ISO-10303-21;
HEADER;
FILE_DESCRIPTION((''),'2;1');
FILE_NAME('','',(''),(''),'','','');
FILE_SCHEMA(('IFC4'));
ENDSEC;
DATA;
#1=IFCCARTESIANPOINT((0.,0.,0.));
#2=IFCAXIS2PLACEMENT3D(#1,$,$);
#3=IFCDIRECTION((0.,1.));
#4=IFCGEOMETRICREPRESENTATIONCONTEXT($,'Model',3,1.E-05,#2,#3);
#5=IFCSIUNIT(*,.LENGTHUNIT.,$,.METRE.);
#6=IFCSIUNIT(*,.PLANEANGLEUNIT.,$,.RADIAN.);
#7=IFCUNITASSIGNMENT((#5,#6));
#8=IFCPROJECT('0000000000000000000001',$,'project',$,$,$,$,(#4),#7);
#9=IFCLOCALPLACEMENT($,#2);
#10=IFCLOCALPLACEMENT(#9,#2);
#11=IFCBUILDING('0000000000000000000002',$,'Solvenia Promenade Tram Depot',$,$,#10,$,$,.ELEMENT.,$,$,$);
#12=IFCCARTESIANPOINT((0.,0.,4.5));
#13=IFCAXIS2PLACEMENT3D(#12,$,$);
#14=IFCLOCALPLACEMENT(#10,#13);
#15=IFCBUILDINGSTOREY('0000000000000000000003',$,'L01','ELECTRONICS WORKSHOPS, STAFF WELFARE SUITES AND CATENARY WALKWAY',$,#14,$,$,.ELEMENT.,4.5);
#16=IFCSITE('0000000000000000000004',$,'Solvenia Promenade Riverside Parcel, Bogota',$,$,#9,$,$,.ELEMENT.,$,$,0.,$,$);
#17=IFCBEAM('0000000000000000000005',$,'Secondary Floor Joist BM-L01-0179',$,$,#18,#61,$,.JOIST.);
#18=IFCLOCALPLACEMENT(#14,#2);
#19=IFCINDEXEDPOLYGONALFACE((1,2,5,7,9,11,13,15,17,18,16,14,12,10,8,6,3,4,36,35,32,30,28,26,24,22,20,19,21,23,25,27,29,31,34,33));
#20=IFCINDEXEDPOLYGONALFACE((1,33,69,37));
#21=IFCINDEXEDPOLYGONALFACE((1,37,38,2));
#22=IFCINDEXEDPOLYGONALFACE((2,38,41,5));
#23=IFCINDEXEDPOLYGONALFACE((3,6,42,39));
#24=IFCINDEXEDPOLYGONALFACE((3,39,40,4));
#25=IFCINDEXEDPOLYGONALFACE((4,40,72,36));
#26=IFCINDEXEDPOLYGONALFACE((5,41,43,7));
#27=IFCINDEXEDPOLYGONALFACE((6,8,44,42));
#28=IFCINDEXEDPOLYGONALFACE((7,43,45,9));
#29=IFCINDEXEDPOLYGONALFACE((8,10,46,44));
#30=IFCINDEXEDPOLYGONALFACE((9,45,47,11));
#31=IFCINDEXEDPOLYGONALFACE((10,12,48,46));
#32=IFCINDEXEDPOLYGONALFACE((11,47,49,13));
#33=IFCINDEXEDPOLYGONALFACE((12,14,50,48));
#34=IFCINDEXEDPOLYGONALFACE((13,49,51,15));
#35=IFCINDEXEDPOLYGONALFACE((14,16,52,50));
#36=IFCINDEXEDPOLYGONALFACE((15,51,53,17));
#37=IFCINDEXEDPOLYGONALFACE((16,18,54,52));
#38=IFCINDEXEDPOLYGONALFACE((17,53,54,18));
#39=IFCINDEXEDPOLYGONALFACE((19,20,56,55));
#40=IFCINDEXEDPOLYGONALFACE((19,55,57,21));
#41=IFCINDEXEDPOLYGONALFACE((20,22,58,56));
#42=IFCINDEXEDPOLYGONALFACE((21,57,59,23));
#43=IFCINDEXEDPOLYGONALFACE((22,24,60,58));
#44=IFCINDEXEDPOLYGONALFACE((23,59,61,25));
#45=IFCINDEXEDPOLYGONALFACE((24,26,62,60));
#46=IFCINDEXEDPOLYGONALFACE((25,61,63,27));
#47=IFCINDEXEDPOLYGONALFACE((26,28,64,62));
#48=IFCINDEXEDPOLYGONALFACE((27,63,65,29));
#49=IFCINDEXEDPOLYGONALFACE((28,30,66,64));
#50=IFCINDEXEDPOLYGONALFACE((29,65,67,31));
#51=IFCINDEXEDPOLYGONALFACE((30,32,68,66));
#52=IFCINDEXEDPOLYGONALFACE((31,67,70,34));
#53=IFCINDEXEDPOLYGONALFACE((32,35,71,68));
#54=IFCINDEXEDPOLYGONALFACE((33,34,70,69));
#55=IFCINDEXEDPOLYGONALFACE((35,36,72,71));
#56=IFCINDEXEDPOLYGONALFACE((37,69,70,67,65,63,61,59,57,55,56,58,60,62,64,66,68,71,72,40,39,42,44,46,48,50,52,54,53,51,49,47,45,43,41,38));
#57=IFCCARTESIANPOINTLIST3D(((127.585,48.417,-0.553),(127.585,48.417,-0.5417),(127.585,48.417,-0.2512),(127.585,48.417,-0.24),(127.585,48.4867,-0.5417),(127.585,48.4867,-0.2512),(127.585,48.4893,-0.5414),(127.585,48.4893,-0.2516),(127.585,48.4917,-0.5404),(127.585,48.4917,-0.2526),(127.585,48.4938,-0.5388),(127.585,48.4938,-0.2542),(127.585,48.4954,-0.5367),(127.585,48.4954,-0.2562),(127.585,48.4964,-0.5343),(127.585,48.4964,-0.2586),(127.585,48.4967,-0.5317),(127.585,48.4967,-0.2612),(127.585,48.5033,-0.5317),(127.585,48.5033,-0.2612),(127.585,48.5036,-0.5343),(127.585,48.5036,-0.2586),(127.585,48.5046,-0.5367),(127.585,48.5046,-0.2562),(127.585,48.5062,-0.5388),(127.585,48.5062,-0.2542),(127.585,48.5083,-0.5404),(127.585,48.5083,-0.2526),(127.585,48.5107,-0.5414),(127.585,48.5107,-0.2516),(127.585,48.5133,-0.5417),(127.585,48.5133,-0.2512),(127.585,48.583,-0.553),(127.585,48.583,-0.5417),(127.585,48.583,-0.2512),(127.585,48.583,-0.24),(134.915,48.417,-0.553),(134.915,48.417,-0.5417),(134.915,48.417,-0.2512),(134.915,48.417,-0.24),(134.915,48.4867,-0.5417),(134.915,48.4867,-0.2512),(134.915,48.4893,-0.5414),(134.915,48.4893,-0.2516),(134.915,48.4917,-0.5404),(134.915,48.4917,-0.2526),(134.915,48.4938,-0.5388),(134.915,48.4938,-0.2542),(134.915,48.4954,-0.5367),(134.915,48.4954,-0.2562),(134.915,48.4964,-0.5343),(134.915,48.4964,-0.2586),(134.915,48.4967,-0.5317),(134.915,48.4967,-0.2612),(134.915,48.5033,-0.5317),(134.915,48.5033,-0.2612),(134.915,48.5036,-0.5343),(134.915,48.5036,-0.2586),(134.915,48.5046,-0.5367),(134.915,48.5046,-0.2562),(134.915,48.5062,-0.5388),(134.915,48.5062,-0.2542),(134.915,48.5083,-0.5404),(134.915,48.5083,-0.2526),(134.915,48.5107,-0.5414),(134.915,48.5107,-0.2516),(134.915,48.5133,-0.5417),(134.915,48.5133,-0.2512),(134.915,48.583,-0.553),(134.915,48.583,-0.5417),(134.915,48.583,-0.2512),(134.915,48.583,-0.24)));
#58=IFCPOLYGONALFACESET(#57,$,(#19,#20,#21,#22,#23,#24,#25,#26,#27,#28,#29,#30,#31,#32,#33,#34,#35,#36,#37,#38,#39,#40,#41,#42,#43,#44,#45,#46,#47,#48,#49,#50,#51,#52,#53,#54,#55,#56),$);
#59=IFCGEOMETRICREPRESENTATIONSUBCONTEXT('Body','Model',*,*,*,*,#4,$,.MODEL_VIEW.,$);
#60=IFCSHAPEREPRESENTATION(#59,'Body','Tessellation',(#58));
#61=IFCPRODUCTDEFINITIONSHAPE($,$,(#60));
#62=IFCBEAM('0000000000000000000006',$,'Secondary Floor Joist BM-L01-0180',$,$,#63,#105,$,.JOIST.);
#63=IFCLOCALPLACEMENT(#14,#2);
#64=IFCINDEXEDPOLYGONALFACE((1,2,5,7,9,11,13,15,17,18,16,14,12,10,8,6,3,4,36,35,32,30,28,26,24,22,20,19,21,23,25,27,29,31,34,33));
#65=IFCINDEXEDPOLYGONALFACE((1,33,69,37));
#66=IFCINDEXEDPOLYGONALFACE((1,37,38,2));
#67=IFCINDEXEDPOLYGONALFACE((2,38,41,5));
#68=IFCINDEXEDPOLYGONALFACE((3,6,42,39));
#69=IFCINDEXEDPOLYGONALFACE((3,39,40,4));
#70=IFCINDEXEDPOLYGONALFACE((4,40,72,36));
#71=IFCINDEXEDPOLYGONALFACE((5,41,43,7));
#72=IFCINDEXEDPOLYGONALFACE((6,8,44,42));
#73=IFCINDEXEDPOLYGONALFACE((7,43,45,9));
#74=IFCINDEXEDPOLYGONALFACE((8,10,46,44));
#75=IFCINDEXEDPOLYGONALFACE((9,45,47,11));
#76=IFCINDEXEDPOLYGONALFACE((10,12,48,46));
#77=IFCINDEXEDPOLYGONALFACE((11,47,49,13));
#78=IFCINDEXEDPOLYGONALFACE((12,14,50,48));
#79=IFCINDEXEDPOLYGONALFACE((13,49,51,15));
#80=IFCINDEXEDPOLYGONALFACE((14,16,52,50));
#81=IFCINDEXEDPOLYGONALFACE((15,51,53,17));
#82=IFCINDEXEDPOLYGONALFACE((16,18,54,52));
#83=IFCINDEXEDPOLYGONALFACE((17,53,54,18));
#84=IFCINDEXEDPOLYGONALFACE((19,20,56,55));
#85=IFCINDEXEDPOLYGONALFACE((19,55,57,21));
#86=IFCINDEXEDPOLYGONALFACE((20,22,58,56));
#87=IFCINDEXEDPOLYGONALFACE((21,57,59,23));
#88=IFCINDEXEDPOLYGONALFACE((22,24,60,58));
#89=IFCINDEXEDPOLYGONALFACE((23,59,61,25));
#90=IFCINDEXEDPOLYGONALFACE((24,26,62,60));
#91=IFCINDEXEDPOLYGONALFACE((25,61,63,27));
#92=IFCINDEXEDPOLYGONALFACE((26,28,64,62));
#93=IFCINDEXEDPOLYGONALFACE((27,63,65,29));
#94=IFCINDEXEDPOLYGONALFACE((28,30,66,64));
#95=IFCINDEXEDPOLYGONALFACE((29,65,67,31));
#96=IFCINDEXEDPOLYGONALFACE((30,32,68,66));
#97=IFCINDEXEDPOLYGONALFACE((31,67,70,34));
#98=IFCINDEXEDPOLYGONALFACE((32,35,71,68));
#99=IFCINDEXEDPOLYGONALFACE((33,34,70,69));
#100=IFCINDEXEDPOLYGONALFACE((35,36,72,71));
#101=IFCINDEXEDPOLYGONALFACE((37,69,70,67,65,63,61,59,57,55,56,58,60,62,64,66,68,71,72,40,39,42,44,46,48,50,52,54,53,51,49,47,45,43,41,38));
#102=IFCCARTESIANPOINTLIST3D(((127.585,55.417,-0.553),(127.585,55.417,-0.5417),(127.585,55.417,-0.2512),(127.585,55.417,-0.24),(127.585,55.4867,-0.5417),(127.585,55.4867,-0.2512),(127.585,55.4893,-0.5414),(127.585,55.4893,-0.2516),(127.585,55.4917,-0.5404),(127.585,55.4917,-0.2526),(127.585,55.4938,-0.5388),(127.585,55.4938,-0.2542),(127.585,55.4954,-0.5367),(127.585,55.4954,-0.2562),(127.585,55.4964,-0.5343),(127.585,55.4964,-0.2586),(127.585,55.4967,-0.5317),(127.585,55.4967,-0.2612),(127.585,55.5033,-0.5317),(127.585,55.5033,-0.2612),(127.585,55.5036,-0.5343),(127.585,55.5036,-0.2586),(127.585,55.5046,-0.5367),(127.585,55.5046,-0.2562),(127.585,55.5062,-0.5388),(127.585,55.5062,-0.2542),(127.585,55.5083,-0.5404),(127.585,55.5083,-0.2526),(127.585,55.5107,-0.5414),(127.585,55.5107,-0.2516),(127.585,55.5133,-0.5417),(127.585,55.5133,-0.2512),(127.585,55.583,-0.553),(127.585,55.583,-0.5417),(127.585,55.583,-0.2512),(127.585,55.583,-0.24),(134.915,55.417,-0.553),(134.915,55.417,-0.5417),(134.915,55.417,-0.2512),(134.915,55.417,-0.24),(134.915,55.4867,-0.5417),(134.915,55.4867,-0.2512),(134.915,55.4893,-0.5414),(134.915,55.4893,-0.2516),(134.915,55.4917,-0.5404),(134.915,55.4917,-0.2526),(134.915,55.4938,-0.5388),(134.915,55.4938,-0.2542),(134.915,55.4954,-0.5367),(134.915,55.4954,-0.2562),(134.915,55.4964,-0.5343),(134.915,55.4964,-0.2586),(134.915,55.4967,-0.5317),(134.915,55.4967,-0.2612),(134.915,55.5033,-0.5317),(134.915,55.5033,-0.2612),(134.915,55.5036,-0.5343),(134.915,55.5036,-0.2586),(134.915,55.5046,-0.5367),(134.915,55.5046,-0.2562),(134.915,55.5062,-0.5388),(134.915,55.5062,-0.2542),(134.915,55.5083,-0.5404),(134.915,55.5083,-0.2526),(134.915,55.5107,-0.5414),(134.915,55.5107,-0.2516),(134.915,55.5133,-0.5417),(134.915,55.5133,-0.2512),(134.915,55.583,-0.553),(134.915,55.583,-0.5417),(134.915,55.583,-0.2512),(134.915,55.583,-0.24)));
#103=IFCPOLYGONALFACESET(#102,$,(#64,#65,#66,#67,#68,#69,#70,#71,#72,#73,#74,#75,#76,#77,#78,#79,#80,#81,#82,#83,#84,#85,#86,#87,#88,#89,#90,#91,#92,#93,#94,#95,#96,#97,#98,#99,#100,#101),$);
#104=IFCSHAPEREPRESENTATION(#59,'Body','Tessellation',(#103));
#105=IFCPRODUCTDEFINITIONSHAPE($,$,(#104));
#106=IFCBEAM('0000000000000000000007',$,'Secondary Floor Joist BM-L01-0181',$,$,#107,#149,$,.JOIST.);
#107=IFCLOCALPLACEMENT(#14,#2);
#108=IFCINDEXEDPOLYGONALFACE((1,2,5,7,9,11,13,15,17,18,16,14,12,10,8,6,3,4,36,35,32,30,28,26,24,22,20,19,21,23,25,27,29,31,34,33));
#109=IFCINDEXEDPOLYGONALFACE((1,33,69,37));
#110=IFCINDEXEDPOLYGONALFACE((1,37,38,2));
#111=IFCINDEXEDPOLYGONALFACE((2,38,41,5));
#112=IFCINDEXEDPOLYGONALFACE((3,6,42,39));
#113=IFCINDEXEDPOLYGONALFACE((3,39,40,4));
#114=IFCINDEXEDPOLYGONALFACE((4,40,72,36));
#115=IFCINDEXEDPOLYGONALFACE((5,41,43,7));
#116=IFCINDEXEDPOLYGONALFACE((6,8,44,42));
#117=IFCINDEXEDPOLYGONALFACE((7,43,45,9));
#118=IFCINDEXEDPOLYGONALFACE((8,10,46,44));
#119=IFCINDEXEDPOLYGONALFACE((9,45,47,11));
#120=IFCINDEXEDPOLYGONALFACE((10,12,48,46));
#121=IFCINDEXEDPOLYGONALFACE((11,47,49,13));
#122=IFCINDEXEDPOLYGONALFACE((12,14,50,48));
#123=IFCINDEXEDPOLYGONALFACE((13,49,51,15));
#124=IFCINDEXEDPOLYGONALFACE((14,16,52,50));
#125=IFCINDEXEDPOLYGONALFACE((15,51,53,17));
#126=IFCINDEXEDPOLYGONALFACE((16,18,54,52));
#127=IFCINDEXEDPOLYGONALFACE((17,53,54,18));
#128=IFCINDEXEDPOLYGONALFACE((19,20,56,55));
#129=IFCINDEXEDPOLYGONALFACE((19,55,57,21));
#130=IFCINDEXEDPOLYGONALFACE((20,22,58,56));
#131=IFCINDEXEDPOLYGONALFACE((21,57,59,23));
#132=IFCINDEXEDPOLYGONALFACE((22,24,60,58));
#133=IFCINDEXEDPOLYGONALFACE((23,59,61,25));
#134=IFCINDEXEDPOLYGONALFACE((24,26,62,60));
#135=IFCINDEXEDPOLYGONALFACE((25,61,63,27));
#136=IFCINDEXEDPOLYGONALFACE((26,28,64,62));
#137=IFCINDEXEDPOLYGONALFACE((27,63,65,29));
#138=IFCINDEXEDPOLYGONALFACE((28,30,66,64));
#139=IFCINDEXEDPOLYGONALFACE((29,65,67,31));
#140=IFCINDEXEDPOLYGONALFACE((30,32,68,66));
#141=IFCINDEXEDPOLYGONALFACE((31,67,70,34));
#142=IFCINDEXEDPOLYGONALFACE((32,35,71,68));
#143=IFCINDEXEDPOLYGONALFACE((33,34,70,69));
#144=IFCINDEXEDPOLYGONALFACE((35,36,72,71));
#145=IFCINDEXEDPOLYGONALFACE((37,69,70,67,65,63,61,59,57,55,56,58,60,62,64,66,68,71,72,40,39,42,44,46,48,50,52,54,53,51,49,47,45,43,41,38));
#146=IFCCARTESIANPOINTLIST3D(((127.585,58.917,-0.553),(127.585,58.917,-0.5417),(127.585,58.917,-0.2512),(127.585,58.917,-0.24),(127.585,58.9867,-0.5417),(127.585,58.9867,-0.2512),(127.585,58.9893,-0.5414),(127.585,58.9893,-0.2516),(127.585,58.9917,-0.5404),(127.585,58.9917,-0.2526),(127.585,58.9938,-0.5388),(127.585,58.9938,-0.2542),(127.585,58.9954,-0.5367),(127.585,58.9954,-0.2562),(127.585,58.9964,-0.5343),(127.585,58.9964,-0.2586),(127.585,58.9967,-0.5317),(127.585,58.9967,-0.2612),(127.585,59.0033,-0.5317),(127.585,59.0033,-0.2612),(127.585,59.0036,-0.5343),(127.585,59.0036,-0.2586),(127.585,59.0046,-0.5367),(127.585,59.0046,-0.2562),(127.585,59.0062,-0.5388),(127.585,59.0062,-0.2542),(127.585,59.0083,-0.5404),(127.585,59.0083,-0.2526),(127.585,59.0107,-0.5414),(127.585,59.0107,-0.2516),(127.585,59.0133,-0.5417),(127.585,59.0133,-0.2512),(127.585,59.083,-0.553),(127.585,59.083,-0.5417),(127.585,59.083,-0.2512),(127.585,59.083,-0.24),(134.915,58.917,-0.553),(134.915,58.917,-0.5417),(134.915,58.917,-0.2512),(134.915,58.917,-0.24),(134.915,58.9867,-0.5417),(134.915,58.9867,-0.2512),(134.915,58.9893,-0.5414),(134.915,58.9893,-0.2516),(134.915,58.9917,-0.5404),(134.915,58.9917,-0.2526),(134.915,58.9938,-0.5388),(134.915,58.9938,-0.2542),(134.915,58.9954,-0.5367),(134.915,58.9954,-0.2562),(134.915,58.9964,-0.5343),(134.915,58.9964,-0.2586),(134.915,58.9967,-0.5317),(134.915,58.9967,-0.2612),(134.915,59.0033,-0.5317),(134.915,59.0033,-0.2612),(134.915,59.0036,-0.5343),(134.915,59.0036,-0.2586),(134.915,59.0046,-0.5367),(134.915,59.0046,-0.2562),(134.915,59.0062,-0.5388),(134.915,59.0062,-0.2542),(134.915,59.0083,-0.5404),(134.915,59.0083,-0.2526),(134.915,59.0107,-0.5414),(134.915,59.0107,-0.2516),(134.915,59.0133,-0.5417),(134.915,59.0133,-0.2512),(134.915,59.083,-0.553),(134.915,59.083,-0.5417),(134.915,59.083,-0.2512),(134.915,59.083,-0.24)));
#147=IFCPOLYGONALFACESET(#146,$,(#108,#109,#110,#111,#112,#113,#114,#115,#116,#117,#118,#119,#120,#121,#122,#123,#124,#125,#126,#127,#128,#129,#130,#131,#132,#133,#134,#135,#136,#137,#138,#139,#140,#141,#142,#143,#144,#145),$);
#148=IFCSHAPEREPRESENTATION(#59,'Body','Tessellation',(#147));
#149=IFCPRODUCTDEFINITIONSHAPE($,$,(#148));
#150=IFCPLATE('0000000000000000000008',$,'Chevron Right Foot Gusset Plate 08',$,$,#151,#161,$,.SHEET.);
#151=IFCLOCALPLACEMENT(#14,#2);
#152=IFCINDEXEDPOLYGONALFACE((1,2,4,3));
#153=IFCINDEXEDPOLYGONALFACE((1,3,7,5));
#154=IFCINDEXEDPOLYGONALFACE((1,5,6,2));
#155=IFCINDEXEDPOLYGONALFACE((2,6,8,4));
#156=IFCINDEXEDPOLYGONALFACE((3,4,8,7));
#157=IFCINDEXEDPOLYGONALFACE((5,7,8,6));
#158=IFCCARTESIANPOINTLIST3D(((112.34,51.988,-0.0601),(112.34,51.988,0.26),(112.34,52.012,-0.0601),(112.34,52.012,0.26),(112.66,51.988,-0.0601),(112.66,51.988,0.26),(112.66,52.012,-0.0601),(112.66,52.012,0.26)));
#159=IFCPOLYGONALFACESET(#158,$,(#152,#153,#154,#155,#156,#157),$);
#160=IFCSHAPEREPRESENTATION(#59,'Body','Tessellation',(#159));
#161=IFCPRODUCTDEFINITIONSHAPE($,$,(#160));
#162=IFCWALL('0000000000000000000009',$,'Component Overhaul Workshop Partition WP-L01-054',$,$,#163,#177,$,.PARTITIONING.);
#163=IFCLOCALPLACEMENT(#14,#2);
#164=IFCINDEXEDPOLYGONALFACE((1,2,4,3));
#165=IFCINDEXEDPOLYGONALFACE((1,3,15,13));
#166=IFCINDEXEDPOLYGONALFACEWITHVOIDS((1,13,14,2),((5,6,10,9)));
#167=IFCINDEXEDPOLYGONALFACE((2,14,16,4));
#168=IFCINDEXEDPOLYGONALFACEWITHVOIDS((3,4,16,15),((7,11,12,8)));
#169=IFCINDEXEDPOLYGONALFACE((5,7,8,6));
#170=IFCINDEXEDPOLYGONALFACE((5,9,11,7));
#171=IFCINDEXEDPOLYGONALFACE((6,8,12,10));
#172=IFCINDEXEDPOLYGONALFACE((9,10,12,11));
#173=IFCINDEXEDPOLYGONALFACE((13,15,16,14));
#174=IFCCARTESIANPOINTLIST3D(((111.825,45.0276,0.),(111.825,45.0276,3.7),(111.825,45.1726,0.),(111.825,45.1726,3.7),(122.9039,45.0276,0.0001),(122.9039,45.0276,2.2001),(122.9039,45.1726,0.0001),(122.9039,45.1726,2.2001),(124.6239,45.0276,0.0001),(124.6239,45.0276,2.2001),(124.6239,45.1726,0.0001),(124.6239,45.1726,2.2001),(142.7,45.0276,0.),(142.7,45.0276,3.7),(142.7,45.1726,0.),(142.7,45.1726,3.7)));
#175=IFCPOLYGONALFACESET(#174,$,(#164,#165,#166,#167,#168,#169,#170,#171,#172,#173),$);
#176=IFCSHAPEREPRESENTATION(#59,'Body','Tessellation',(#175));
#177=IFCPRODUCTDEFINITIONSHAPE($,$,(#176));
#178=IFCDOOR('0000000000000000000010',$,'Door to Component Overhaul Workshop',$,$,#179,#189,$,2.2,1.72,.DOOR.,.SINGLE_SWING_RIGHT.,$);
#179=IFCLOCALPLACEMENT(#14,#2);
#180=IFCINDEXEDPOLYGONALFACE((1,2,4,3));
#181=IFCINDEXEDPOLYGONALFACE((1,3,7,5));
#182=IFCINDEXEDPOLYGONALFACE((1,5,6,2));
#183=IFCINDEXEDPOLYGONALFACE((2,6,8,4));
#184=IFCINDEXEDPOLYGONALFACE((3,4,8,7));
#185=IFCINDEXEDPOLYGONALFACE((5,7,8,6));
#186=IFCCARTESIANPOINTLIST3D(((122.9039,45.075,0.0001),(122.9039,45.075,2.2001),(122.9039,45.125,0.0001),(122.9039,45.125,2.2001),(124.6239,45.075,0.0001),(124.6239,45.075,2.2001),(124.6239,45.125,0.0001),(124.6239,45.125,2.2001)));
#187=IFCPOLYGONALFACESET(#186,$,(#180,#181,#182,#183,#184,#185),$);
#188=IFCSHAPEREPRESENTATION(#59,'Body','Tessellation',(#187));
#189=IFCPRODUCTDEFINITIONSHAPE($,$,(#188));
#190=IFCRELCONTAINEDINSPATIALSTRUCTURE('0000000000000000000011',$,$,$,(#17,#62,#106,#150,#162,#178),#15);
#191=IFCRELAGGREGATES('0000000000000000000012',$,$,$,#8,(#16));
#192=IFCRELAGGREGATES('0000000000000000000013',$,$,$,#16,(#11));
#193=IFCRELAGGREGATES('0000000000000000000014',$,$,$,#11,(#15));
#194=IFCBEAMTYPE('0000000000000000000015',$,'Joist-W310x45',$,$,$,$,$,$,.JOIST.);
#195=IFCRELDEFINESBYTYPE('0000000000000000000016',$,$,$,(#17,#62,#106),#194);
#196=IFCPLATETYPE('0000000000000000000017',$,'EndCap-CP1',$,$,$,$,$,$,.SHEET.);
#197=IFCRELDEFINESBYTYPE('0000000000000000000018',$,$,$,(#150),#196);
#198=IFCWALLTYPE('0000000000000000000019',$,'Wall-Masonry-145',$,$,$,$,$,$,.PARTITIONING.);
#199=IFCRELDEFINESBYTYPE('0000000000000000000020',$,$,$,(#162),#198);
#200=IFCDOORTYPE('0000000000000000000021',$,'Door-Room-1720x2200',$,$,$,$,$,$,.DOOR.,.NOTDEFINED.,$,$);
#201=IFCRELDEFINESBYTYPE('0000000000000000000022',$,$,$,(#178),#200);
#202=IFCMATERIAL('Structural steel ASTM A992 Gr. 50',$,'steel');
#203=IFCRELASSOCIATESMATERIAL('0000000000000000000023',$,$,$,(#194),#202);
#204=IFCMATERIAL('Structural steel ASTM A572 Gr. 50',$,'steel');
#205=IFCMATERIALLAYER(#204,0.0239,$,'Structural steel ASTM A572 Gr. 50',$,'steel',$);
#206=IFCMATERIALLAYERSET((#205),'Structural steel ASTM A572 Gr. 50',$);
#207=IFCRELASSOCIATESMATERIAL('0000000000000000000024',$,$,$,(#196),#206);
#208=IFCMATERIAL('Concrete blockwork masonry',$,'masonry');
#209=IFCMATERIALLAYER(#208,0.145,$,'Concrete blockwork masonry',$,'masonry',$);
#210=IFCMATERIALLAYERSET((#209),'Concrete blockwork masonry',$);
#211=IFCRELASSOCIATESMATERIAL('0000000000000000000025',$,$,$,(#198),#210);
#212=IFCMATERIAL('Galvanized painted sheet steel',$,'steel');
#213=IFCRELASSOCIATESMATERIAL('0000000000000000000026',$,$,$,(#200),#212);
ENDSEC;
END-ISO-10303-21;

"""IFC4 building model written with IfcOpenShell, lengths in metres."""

from ifc_helpers import new_model, si_unit, direction, frame, frame_2d, origin, origin_2d, place, context, subcontext, project, spatial, rectangle, i_section, extrude, material, layer, layer_set, material_profile, profile_set, type_object, element, fill, save


model = new_model("IFC4")

# Units and contexts
model_context = context("Model", 3, precision=1e-05, world=origin(), true_north=direction((0.0, 1.0)))
body_context = subcontext(model_context, "Body", "Model", "MODEL_VIEW")
ifc_project = project(units=[si_unit("LENGTHUNIT", "METRE"), si_unit("PLANEANGLEUNIT", "RADIAN")], contexts=[model_context])

# Site, building, storey
site_placement = place(None, origin())
site = spatial("IfcSite", under=ifc_project, at=site_placement, Name="Solvenia Promenade Riverside Parcel, Bogota", CompositionType="ELEMENT", RefElevation=0.0)
building_placement = place(site_placement, origin())
building = spatial("IfcBuilding", under=site, at=building_placement, Name="Solvenia Promenade Tram Depot", CompositionType="ELEMENT")
storey_placement = place(building_placement, frame((0.0, 0.0, 4.5)))
storey = spatial("IfcBuildingStorey", under=building, at=storey_placement, Name="L01", Description="ELECTRONICS WORKSHOPS, STAFF WELFARE SUITES AND CATENARY WALKWAY", CompositionType="ELEMENT", Elevation=4.5)

# Shared definitions
ifc_material_1 = material(Name="Structural steel ASTM A992 Gr. 50", Category="steel")

# Beams
ifc_material_profile_1 = material_profile(ifc_material_1, i_section(OverallWidth=0.166, OverallDepth=0.313, WebThickness=0.0066, FlangeThickness=0.0112, FilletRadius=0.01, at=origin_2d()), Name="W310x45", Category="steel")
ifc_profile_set_1 = profile_set([ifc_material_profile_1], Name="Structural steel ASTM A992 Gr. 50")
beam_type_1 = type_object("IfcBeamType", Name="Joist-W310x45", PredefinedType="JOIST", material=ifc_profile_set_1)
for number, where, z_axis, x_axis, name in (
    (1, (127.585, 48.5, -0.3965), (1.0, 0.0, 0.0), (0.0, 1.0, 0.0), "Secondary Floor Joist BM-L01-0179"),
    (2, (127.585, 55.5, -0.3965), (1.0, 0.0, 0.0), (0.0, 1.0, 0.0), "Secondary Floor Joist BM-L01-0180"),
    (3, (127.585, 59.0, -0.3965), (1.0, 0.0, 0.0), (0.0, 1.0, 0.0), "Secondary Floor Joist BM-L01-0181"),
):
    element("IfcBeam", number, at=place(storey_placement, frame(where, z_axis=z_axis, x_axis=x_axis)), inside=storey, type_object=beam_type_1, Name=name, PredefinedType="JOIST", context=body_context, shape_type="SweptSolid", body=[
        extrude(i_section(OverallWidth=0.166, OverallDepth=0.313, WebThickness=0.0066, FlangeThickness=0.0112, FilletRadius=0.01, at=origin_2d()), origin(), (0.0, 0.0, 1.0), 7.3301),
    ])

# Plate
ifc_material_2 = material(Name="Structural steel ASTM A572 Gr. 50", Category="steel")
ifc_layer_1 = layer(ifc_material_2, 0.0239, Name="Structural steel ASTM A572 Gr. 50", Category="steel")
ifc_layer_set_1 = layer_set([ifc_layer_1], Name="Structural steel ASTM A572 Gr. 50")
plate_type = type_object("IfcPlateType", Name="EndCap-CP1", PredefinedType="SHEET", material=ifc_layer_set_1)
plate_placement = place(storey_placement, frame((112.5, 52.0, -0.0601), z_axis=(0.0, 0.0, 1.0), x_axis=(1.0, 0.0, 0.0)))
element("IfcPlate", 4, at=plate_placement, inside=storey, type_object=plate_type, Name="Chevron Right Foot Gusset Plate 08", PredefinedType="SHEET", context=body_context, shape_type="SweptSolid", body=[
    extrude(rectangle(XDim=0.3201, YDim=0.0239, at=origin_2d()), origin(), (0.0, 0.0, 1.0), 0.3201),
])

# Wall, opening, door
ifc_material_3 = material(Name="Concrete blockwork masonry", Category="masonry")
ifc_layer_2 = layer(ifc_material_3, 0.145, Name="Concrete blockwork masonry", Category="masonry")
ifc_layer_set_2 = layer_set([ifc_layer_2], Name="Concrete blockwork masonry")
wall_type = type_object("IfcWallType", Name="Wall-Masonry-145", PredefinedType="PARTITIONING", material=ifc_layer_set_2)
wall_placement = place(storey_placement, frame((111.825, 45.1001, 0.0), z_axis=(0.0, 0.0, 1.0), x_axis=(1.0, 0.0, 0.0)))
wall = element("IfcWall", 5, at=wall_placement, inside=storey, type_object=wall_type, Name="Component Overhaul Workshop Partition WP-L01-054", PredefinedType="PARTITIONING", context=body_context, shape_type="SweptSolid", body=[
    extrude(rectangle(XDim=30.875, YDim=0.145, at=frame_2d((15.4375, 0.0))), origin(), (0.0, 0.0, 1.0), 3.7),
])
opening_placement = place(wall_placement, frame((11.0791, 0.0, 0.0)))
opening = element("IfcOpeningElement", 6, at=opening_placement, cuts=wall, PredefinedType="OPENING", context=body_context, shape_type="SweptSolid", body=[
    extrude(rectangle(XDim=1.72, YDim=2.2, at=frame_2d((0.8599, 1.1001))), frame((0.0, 0.0825, 0.0), z_axis=(0.0, -1.0, 0.0), x_axis=(1.0, 0.0, 0.0)), (0.0, 0.0, 1.0), 0.165),
])
ifc_material_4 = material(Name="Galvanized painted sheet steel", Category="steel")
door_type = type_object("IfcDoorType", Name="Door-Room-1720x2200", OperationType="NOTDEFINED", PredefinedType="DOOR", material=ifc_material_4)
door_placement = place(opening_placement, origin())
door = element("IfcDoor", 7, at=door_placement, inside=storey, type_object=door_type, Name="Door to Component Overhaul Workshop", OperationType="SINGLE_SWING_RIGHT", OverallHeight=2.2, OverallWidth=1.72, PredefinedType="DOOR", context=body_context, shape_type="SweptSolid", body=[
    extrude(rectangle(XDim=1.72, YDim=2.2, at=frame_2d((0.8599, 1.1001))), frame((0.0, 0.0249, 0.0), z_axis=(0.0, -1.0, 0.0), x_axis=(1.0, 0.0, 0.0)), (0.0, 0.0, 1.0), 0.05),
])
fill(opening, door)

save(model, "model.ifc")
